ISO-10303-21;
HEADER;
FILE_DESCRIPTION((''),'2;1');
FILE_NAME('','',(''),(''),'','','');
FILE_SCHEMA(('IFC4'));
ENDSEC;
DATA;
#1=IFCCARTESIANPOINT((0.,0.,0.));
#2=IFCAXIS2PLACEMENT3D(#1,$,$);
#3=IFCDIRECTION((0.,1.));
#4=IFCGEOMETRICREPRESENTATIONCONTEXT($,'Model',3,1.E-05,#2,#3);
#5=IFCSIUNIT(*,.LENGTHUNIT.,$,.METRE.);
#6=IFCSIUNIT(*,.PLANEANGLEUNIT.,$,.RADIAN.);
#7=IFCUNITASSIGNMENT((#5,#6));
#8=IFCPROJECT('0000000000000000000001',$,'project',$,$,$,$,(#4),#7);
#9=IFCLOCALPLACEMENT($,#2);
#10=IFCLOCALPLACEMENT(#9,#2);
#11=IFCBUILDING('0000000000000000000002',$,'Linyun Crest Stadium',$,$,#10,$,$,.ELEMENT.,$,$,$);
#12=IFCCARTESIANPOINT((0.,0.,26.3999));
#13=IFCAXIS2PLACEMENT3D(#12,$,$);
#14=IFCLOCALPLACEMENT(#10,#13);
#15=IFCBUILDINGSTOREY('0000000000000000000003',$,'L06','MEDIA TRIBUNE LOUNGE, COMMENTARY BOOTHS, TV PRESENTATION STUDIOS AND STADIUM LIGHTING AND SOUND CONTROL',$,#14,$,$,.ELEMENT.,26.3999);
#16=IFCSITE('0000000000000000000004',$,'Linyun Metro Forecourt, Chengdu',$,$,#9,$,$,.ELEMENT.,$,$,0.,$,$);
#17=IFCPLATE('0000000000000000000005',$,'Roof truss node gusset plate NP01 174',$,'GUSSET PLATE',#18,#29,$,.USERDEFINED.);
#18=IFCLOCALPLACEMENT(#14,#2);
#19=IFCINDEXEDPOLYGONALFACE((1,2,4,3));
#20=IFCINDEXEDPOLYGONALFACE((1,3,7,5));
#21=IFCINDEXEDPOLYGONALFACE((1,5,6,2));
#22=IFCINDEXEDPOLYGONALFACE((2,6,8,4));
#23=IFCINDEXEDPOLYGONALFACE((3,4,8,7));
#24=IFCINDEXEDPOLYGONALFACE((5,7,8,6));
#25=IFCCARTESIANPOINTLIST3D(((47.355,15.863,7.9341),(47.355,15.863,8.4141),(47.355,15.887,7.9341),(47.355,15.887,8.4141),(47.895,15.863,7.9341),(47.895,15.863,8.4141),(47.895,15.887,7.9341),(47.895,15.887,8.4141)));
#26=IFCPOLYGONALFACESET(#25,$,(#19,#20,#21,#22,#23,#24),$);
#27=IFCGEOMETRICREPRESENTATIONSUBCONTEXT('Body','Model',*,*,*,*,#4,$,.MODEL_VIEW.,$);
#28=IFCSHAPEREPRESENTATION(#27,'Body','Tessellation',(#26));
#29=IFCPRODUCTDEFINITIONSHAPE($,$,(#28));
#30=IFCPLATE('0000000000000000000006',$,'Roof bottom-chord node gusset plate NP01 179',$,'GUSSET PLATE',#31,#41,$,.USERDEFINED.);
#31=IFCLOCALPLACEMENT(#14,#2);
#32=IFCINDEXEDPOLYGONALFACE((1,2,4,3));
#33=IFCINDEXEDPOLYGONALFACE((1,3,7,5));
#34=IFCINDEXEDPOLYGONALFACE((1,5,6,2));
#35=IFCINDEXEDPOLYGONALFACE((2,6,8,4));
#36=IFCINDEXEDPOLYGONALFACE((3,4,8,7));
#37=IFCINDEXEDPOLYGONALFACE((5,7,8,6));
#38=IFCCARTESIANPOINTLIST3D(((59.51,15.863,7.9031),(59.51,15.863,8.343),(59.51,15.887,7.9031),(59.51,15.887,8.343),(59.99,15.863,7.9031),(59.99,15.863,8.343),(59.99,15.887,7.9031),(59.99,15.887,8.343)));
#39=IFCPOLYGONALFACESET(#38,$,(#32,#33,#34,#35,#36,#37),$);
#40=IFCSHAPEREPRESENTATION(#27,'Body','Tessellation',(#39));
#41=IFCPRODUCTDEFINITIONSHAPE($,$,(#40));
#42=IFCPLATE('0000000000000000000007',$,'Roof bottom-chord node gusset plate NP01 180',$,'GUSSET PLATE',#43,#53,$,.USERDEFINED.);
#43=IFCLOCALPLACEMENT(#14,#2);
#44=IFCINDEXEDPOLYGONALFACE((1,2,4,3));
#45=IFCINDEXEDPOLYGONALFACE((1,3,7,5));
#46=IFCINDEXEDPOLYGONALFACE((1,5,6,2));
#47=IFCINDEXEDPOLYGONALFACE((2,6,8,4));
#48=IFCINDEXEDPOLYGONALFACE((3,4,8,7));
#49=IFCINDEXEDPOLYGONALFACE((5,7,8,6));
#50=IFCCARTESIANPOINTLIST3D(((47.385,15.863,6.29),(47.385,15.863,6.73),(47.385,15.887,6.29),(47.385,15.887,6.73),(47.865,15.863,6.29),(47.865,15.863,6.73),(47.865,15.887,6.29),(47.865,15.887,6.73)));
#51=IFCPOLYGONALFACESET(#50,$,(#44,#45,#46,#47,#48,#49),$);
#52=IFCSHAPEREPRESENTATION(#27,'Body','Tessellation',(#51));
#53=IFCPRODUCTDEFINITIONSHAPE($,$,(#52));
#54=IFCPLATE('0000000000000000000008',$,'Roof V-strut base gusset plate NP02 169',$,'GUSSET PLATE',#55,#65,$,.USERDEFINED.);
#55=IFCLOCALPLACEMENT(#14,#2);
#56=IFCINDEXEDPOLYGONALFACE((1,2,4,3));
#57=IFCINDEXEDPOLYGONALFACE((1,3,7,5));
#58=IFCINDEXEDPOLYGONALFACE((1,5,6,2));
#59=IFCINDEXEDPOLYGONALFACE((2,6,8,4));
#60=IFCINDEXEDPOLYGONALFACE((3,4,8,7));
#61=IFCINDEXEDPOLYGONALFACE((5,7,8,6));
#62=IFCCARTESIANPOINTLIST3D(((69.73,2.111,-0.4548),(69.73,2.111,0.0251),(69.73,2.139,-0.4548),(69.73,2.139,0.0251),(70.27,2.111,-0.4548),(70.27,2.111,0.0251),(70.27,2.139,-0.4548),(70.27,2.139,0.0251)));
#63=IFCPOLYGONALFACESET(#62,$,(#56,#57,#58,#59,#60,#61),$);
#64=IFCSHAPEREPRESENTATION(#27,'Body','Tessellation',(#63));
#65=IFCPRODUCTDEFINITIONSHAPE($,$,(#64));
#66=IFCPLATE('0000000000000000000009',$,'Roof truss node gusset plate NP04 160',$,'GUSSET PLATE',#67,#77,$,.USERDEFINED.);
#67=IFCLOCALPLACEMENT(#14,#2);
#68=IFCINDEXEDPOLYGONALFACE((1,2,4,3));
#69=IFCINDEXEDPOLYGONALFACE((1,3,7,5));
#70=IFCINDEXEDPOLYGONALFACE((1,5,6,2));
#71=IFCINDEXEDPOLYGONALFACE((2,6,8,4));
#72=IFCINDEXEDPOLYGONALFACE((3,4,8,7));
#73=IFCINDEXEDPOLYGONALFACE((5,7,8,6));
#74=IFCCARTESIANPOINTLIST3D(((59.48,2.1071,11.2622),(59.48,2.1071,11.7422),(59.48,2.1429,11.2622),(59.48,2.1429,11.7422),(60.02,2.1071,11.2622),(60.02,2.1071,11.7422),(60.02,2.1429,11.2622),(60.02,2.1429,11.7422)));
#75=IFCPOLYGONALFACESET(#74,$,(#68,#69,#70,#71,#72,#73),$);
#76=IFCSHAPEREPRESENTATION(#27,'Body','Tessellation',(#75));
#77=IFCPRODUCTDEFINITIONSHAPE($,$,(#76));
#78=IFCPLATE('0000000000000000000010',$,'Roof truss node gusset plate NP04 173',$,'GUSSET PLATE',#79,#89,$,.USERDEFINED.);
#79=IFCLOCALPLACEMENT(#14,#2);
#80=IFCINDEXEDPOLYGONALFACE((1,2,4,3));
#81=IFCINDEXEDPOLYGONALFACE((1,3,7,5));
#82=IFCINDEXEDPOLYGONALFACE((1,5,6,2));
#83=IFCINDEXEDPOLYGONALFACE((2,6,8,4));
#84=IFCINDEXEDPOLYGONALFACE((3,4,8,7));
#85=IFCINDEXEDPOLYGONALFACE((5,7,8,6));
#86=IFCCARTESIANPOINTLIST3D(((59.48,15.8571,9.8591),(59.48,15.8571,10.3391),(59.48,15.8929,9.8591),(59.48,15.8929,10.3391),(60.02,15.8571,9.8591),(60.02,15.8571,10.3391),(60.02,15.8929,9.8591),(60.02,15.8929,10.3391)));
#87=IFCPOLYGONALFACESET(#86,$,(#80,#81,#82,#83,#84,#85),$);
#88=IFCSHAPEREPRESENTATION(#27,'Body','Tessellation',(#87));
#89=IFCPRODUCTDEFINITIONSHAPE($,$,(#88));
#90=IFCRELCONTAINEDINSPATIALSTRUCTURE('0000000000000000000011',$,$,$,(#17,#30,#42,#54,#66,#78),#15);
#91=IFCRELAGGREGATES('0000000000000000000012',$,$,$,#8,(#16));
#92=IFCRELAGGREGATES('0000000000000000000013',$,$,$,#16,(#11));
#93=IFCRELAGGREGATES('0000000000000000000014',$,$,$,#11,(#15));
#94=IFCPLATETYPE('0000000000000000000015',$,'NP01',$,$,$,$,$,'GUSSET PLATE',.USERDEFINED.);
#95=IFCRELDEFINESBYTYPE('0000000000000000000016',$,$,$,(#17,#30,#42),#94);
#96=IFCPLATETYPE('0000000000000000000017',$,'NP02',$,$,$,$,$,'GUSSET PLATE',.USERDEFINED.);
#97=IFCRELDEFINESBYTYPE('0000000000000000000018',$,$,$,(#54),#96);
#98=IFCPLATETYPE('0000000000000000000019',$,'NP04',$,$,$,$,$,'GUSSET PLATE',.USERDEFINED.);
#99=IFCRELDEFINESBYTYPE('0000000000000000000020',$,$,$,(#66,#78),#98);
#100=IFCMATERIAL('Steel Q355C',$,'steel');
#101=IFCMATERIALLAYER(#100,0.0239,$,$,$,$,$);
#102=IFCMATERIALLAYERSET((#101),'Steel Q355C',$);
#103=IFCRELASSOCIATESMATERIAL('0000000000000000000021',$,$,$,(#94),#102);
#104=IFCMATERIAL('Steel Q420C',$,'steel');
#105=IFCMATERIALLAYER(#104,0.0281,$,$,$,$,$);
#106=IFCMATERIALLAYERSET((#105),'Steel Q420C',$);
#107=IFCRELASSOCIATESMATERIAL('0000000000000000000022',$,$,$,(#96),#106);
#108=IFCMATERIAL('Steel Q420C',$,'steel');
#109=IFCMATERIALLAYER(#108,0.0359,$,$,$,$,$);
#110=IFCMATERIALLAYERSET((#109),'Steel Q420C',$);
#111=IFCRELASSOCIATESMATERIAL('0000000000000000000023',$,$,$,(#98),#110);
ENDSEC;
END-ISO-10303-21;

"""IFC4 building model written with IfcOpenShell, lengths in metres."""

from ifc_helpers import new_model, si_unit, direction, frame, origin, origin_2d, place, context, subcontext, project, spatial, rectangle, extrude, material, layer, layer_set, type_object, element, save


model = new_model("IFC4")

# Units and contexts
model_context = context("Model", 3, precision=1e-05, world=origin(), true_north=direction((0.0, 1.0)))
body_context = subcontext(model_context, "Body", "Model", "MODEL_VIEW")
ifc_project = project(units=[si_unit("LENGTHUNIT", "METRE"), si_unit("PLANEANGLEUNIT", "RADIAN")], contexts=[model_context])

# Site, building, storey
site_placement = place(None, origin())
site = spatial("IfcSite", under=ifc_project, at=site_placement, Name="Linyun Metro Forecourt, Chengdu", CompositionType="ELEMENT", RefElevation=0.0)
building_placement = place(site_placement, origin())
building = spatial("IfcBuilding", under=site, at=building_placement, Name="Linyun Crest Stadium", CompositionType="ELEMENT")
storey_placement = place(building_placement, frame((0.0, 0.0, 26.3999)))
storey = spatial("IfcBuildingStorey", under=building, at=storey_placement, Name="L06", Description="MEDIA TRIBUNE LOUNGE, COMMENTARY BOOTHS, TV PRESENTATION STUDIOS AND STADIUM LIGHTING AND SOUND CONTROL", CompositionType="ELEMENT", Elevation=26.3999)

# Plates
ifc_material_1 = material(Name="Steel Q355C", Category="steel")
ifc_layer_1 = layer(ifc_material_1, 0.0239)
ifc_layer_set_1 = layer_set([ifc_layer_1], Name="Steel Q355C")
plate_type_1 = type_object("IfcPlateType", Name="NP01", ElementType="GUSSET PLATE", PredefinedType="USERDEFINED", material=ifc_layer_set_1)
plate_1_placement = place(storey_placement, frame((47.625, 15.875, 7.9341), z_axis=(0.0, 0.0, 1.0), x_axis=(1.0, 0.0, 0.0)))
element("IfcPlate", 1, at=plate_1_placement, inside=storey, type_object=plate_type_1, Name="Roof truss node gusset plate NP01 174", ObjectType="GUSSET PLATE", PredefinedType="USERDEFINED", context=body_context, shape_type="SweptSolid", body=[
    extrude(rectangle(XDim=0.54, YDim=0.0239, at=origin_2d()), origin(), (0.0, 0.0, 1.0), 0.48),
])
for number, where, z_axis, x_axis, name in (
    (2, (59.75, 15.875, 7.9031), (0.0, 0.0, 1.0), (1.0, 0.0, 0.0), "Roof bottom-chord node gusset plate NP01 179"),
    (3, (47.625, 15.875, 6.29), (0.0, 0.0, 1.0), (1.0, 0.0, 0.0), "Roof bottom-chord node gusset plate NP01 180"),
):
    element("IfcPlate", number, at=place(storey_placement, frame(where, z_axis=z_axis, x_axis=x_axis)), inside=storey, type_object=plate_type_1, Name=name, ObjectType="GUSSET PLATE", PredefinedType="USERDEFINED", context=body_context, shape_type="SweptSolid", body=[
        extrude(rectangle(XDim=0.48, YDim=0.0239, at=origin_2d()), origin(), (0.0, 0.0, 1.0), 0.4399),
    ])
ifc_material_2 = material(Name="Steel Q420C", Category="steel")
ifc_layer_2 = layer(ifc_material_2, 0.0281)
ifc_layer_set_2 = layer_set([ifc_layer_2], Name="Steel Q420C")
plate_type_2 = type_object("IfcPlateType", Name="NP02", ElementType="GUSSET PLATE", PredefinedType="USERDEFINED", material=ifc_layer_set_2)
plate_2_placement = place(storey_placement, frame((70.0, 2.125, -0.4548), z_axis=(0.0, 0.0, 1.0), x_axis=(1.0, 0.0, 0.0)))
element("IfcPlate", 4, at=plate_2_placement, inside=storey, type_object=plate_type_2, Name="Roof V-strut base gusset plate NP02 169", ObjectType="GUSSET PLATE", PredefinedType="USERDEFINED", context=body_context, shape_type="SweptSolid", body=[
    extrude(rectangle(XDim=0.54, YDim=0.0281, at=origin_2d()), origin(), (0.0, 0.0, 1.0), 0.48),
])
ifc_material_3 = material(Name="Steel Q420C", Category="steel")
ifc_layer_3 = layer(ifc_material_3, 0.0359)
ifc_layer_set_3 = layer_set([ifc_layer_3], Name="Steel Q420C")
plate_type_3 = type_object("IfcPlateType", Name="NP04", ElementType="GUSSET PLATE", PredefinedType="USERDEFINED", material=ifc_layer_set_3)
for number, where, z_axis, x_axis, name in (
    (5, (59.75, 2.125, 11.2622), (0.0, 0.0, 1.0), (1.0, 0.0, 0.0), "Roof truss node gusset plate NP04 160"),
    (6, (59.75, 15.875, 9.8591), (0.0, 0.0, 1.0), (1.0, 0.0, 0.0), "Roof truss node gusset plate NP04 173"),
):
    element("IfcPlate", number, at=place(storey_placement, frame(where, z_axis=z_axis, x_axis=x_axis)), inside=storey, type_object=plate_type_3, Name=name, ObjectType="GUSSET PLATE", PredefinedType="USERDEFINED", context=body_context, shape_type="SweptSolid", body=[
        extrude(rectangle(XDim=0.54, YDim=0.0359, at=origin_2d()), origin(), (0.0, 0.0, 1.0), 0.48),
    ])

save(model, "model.ifc")
